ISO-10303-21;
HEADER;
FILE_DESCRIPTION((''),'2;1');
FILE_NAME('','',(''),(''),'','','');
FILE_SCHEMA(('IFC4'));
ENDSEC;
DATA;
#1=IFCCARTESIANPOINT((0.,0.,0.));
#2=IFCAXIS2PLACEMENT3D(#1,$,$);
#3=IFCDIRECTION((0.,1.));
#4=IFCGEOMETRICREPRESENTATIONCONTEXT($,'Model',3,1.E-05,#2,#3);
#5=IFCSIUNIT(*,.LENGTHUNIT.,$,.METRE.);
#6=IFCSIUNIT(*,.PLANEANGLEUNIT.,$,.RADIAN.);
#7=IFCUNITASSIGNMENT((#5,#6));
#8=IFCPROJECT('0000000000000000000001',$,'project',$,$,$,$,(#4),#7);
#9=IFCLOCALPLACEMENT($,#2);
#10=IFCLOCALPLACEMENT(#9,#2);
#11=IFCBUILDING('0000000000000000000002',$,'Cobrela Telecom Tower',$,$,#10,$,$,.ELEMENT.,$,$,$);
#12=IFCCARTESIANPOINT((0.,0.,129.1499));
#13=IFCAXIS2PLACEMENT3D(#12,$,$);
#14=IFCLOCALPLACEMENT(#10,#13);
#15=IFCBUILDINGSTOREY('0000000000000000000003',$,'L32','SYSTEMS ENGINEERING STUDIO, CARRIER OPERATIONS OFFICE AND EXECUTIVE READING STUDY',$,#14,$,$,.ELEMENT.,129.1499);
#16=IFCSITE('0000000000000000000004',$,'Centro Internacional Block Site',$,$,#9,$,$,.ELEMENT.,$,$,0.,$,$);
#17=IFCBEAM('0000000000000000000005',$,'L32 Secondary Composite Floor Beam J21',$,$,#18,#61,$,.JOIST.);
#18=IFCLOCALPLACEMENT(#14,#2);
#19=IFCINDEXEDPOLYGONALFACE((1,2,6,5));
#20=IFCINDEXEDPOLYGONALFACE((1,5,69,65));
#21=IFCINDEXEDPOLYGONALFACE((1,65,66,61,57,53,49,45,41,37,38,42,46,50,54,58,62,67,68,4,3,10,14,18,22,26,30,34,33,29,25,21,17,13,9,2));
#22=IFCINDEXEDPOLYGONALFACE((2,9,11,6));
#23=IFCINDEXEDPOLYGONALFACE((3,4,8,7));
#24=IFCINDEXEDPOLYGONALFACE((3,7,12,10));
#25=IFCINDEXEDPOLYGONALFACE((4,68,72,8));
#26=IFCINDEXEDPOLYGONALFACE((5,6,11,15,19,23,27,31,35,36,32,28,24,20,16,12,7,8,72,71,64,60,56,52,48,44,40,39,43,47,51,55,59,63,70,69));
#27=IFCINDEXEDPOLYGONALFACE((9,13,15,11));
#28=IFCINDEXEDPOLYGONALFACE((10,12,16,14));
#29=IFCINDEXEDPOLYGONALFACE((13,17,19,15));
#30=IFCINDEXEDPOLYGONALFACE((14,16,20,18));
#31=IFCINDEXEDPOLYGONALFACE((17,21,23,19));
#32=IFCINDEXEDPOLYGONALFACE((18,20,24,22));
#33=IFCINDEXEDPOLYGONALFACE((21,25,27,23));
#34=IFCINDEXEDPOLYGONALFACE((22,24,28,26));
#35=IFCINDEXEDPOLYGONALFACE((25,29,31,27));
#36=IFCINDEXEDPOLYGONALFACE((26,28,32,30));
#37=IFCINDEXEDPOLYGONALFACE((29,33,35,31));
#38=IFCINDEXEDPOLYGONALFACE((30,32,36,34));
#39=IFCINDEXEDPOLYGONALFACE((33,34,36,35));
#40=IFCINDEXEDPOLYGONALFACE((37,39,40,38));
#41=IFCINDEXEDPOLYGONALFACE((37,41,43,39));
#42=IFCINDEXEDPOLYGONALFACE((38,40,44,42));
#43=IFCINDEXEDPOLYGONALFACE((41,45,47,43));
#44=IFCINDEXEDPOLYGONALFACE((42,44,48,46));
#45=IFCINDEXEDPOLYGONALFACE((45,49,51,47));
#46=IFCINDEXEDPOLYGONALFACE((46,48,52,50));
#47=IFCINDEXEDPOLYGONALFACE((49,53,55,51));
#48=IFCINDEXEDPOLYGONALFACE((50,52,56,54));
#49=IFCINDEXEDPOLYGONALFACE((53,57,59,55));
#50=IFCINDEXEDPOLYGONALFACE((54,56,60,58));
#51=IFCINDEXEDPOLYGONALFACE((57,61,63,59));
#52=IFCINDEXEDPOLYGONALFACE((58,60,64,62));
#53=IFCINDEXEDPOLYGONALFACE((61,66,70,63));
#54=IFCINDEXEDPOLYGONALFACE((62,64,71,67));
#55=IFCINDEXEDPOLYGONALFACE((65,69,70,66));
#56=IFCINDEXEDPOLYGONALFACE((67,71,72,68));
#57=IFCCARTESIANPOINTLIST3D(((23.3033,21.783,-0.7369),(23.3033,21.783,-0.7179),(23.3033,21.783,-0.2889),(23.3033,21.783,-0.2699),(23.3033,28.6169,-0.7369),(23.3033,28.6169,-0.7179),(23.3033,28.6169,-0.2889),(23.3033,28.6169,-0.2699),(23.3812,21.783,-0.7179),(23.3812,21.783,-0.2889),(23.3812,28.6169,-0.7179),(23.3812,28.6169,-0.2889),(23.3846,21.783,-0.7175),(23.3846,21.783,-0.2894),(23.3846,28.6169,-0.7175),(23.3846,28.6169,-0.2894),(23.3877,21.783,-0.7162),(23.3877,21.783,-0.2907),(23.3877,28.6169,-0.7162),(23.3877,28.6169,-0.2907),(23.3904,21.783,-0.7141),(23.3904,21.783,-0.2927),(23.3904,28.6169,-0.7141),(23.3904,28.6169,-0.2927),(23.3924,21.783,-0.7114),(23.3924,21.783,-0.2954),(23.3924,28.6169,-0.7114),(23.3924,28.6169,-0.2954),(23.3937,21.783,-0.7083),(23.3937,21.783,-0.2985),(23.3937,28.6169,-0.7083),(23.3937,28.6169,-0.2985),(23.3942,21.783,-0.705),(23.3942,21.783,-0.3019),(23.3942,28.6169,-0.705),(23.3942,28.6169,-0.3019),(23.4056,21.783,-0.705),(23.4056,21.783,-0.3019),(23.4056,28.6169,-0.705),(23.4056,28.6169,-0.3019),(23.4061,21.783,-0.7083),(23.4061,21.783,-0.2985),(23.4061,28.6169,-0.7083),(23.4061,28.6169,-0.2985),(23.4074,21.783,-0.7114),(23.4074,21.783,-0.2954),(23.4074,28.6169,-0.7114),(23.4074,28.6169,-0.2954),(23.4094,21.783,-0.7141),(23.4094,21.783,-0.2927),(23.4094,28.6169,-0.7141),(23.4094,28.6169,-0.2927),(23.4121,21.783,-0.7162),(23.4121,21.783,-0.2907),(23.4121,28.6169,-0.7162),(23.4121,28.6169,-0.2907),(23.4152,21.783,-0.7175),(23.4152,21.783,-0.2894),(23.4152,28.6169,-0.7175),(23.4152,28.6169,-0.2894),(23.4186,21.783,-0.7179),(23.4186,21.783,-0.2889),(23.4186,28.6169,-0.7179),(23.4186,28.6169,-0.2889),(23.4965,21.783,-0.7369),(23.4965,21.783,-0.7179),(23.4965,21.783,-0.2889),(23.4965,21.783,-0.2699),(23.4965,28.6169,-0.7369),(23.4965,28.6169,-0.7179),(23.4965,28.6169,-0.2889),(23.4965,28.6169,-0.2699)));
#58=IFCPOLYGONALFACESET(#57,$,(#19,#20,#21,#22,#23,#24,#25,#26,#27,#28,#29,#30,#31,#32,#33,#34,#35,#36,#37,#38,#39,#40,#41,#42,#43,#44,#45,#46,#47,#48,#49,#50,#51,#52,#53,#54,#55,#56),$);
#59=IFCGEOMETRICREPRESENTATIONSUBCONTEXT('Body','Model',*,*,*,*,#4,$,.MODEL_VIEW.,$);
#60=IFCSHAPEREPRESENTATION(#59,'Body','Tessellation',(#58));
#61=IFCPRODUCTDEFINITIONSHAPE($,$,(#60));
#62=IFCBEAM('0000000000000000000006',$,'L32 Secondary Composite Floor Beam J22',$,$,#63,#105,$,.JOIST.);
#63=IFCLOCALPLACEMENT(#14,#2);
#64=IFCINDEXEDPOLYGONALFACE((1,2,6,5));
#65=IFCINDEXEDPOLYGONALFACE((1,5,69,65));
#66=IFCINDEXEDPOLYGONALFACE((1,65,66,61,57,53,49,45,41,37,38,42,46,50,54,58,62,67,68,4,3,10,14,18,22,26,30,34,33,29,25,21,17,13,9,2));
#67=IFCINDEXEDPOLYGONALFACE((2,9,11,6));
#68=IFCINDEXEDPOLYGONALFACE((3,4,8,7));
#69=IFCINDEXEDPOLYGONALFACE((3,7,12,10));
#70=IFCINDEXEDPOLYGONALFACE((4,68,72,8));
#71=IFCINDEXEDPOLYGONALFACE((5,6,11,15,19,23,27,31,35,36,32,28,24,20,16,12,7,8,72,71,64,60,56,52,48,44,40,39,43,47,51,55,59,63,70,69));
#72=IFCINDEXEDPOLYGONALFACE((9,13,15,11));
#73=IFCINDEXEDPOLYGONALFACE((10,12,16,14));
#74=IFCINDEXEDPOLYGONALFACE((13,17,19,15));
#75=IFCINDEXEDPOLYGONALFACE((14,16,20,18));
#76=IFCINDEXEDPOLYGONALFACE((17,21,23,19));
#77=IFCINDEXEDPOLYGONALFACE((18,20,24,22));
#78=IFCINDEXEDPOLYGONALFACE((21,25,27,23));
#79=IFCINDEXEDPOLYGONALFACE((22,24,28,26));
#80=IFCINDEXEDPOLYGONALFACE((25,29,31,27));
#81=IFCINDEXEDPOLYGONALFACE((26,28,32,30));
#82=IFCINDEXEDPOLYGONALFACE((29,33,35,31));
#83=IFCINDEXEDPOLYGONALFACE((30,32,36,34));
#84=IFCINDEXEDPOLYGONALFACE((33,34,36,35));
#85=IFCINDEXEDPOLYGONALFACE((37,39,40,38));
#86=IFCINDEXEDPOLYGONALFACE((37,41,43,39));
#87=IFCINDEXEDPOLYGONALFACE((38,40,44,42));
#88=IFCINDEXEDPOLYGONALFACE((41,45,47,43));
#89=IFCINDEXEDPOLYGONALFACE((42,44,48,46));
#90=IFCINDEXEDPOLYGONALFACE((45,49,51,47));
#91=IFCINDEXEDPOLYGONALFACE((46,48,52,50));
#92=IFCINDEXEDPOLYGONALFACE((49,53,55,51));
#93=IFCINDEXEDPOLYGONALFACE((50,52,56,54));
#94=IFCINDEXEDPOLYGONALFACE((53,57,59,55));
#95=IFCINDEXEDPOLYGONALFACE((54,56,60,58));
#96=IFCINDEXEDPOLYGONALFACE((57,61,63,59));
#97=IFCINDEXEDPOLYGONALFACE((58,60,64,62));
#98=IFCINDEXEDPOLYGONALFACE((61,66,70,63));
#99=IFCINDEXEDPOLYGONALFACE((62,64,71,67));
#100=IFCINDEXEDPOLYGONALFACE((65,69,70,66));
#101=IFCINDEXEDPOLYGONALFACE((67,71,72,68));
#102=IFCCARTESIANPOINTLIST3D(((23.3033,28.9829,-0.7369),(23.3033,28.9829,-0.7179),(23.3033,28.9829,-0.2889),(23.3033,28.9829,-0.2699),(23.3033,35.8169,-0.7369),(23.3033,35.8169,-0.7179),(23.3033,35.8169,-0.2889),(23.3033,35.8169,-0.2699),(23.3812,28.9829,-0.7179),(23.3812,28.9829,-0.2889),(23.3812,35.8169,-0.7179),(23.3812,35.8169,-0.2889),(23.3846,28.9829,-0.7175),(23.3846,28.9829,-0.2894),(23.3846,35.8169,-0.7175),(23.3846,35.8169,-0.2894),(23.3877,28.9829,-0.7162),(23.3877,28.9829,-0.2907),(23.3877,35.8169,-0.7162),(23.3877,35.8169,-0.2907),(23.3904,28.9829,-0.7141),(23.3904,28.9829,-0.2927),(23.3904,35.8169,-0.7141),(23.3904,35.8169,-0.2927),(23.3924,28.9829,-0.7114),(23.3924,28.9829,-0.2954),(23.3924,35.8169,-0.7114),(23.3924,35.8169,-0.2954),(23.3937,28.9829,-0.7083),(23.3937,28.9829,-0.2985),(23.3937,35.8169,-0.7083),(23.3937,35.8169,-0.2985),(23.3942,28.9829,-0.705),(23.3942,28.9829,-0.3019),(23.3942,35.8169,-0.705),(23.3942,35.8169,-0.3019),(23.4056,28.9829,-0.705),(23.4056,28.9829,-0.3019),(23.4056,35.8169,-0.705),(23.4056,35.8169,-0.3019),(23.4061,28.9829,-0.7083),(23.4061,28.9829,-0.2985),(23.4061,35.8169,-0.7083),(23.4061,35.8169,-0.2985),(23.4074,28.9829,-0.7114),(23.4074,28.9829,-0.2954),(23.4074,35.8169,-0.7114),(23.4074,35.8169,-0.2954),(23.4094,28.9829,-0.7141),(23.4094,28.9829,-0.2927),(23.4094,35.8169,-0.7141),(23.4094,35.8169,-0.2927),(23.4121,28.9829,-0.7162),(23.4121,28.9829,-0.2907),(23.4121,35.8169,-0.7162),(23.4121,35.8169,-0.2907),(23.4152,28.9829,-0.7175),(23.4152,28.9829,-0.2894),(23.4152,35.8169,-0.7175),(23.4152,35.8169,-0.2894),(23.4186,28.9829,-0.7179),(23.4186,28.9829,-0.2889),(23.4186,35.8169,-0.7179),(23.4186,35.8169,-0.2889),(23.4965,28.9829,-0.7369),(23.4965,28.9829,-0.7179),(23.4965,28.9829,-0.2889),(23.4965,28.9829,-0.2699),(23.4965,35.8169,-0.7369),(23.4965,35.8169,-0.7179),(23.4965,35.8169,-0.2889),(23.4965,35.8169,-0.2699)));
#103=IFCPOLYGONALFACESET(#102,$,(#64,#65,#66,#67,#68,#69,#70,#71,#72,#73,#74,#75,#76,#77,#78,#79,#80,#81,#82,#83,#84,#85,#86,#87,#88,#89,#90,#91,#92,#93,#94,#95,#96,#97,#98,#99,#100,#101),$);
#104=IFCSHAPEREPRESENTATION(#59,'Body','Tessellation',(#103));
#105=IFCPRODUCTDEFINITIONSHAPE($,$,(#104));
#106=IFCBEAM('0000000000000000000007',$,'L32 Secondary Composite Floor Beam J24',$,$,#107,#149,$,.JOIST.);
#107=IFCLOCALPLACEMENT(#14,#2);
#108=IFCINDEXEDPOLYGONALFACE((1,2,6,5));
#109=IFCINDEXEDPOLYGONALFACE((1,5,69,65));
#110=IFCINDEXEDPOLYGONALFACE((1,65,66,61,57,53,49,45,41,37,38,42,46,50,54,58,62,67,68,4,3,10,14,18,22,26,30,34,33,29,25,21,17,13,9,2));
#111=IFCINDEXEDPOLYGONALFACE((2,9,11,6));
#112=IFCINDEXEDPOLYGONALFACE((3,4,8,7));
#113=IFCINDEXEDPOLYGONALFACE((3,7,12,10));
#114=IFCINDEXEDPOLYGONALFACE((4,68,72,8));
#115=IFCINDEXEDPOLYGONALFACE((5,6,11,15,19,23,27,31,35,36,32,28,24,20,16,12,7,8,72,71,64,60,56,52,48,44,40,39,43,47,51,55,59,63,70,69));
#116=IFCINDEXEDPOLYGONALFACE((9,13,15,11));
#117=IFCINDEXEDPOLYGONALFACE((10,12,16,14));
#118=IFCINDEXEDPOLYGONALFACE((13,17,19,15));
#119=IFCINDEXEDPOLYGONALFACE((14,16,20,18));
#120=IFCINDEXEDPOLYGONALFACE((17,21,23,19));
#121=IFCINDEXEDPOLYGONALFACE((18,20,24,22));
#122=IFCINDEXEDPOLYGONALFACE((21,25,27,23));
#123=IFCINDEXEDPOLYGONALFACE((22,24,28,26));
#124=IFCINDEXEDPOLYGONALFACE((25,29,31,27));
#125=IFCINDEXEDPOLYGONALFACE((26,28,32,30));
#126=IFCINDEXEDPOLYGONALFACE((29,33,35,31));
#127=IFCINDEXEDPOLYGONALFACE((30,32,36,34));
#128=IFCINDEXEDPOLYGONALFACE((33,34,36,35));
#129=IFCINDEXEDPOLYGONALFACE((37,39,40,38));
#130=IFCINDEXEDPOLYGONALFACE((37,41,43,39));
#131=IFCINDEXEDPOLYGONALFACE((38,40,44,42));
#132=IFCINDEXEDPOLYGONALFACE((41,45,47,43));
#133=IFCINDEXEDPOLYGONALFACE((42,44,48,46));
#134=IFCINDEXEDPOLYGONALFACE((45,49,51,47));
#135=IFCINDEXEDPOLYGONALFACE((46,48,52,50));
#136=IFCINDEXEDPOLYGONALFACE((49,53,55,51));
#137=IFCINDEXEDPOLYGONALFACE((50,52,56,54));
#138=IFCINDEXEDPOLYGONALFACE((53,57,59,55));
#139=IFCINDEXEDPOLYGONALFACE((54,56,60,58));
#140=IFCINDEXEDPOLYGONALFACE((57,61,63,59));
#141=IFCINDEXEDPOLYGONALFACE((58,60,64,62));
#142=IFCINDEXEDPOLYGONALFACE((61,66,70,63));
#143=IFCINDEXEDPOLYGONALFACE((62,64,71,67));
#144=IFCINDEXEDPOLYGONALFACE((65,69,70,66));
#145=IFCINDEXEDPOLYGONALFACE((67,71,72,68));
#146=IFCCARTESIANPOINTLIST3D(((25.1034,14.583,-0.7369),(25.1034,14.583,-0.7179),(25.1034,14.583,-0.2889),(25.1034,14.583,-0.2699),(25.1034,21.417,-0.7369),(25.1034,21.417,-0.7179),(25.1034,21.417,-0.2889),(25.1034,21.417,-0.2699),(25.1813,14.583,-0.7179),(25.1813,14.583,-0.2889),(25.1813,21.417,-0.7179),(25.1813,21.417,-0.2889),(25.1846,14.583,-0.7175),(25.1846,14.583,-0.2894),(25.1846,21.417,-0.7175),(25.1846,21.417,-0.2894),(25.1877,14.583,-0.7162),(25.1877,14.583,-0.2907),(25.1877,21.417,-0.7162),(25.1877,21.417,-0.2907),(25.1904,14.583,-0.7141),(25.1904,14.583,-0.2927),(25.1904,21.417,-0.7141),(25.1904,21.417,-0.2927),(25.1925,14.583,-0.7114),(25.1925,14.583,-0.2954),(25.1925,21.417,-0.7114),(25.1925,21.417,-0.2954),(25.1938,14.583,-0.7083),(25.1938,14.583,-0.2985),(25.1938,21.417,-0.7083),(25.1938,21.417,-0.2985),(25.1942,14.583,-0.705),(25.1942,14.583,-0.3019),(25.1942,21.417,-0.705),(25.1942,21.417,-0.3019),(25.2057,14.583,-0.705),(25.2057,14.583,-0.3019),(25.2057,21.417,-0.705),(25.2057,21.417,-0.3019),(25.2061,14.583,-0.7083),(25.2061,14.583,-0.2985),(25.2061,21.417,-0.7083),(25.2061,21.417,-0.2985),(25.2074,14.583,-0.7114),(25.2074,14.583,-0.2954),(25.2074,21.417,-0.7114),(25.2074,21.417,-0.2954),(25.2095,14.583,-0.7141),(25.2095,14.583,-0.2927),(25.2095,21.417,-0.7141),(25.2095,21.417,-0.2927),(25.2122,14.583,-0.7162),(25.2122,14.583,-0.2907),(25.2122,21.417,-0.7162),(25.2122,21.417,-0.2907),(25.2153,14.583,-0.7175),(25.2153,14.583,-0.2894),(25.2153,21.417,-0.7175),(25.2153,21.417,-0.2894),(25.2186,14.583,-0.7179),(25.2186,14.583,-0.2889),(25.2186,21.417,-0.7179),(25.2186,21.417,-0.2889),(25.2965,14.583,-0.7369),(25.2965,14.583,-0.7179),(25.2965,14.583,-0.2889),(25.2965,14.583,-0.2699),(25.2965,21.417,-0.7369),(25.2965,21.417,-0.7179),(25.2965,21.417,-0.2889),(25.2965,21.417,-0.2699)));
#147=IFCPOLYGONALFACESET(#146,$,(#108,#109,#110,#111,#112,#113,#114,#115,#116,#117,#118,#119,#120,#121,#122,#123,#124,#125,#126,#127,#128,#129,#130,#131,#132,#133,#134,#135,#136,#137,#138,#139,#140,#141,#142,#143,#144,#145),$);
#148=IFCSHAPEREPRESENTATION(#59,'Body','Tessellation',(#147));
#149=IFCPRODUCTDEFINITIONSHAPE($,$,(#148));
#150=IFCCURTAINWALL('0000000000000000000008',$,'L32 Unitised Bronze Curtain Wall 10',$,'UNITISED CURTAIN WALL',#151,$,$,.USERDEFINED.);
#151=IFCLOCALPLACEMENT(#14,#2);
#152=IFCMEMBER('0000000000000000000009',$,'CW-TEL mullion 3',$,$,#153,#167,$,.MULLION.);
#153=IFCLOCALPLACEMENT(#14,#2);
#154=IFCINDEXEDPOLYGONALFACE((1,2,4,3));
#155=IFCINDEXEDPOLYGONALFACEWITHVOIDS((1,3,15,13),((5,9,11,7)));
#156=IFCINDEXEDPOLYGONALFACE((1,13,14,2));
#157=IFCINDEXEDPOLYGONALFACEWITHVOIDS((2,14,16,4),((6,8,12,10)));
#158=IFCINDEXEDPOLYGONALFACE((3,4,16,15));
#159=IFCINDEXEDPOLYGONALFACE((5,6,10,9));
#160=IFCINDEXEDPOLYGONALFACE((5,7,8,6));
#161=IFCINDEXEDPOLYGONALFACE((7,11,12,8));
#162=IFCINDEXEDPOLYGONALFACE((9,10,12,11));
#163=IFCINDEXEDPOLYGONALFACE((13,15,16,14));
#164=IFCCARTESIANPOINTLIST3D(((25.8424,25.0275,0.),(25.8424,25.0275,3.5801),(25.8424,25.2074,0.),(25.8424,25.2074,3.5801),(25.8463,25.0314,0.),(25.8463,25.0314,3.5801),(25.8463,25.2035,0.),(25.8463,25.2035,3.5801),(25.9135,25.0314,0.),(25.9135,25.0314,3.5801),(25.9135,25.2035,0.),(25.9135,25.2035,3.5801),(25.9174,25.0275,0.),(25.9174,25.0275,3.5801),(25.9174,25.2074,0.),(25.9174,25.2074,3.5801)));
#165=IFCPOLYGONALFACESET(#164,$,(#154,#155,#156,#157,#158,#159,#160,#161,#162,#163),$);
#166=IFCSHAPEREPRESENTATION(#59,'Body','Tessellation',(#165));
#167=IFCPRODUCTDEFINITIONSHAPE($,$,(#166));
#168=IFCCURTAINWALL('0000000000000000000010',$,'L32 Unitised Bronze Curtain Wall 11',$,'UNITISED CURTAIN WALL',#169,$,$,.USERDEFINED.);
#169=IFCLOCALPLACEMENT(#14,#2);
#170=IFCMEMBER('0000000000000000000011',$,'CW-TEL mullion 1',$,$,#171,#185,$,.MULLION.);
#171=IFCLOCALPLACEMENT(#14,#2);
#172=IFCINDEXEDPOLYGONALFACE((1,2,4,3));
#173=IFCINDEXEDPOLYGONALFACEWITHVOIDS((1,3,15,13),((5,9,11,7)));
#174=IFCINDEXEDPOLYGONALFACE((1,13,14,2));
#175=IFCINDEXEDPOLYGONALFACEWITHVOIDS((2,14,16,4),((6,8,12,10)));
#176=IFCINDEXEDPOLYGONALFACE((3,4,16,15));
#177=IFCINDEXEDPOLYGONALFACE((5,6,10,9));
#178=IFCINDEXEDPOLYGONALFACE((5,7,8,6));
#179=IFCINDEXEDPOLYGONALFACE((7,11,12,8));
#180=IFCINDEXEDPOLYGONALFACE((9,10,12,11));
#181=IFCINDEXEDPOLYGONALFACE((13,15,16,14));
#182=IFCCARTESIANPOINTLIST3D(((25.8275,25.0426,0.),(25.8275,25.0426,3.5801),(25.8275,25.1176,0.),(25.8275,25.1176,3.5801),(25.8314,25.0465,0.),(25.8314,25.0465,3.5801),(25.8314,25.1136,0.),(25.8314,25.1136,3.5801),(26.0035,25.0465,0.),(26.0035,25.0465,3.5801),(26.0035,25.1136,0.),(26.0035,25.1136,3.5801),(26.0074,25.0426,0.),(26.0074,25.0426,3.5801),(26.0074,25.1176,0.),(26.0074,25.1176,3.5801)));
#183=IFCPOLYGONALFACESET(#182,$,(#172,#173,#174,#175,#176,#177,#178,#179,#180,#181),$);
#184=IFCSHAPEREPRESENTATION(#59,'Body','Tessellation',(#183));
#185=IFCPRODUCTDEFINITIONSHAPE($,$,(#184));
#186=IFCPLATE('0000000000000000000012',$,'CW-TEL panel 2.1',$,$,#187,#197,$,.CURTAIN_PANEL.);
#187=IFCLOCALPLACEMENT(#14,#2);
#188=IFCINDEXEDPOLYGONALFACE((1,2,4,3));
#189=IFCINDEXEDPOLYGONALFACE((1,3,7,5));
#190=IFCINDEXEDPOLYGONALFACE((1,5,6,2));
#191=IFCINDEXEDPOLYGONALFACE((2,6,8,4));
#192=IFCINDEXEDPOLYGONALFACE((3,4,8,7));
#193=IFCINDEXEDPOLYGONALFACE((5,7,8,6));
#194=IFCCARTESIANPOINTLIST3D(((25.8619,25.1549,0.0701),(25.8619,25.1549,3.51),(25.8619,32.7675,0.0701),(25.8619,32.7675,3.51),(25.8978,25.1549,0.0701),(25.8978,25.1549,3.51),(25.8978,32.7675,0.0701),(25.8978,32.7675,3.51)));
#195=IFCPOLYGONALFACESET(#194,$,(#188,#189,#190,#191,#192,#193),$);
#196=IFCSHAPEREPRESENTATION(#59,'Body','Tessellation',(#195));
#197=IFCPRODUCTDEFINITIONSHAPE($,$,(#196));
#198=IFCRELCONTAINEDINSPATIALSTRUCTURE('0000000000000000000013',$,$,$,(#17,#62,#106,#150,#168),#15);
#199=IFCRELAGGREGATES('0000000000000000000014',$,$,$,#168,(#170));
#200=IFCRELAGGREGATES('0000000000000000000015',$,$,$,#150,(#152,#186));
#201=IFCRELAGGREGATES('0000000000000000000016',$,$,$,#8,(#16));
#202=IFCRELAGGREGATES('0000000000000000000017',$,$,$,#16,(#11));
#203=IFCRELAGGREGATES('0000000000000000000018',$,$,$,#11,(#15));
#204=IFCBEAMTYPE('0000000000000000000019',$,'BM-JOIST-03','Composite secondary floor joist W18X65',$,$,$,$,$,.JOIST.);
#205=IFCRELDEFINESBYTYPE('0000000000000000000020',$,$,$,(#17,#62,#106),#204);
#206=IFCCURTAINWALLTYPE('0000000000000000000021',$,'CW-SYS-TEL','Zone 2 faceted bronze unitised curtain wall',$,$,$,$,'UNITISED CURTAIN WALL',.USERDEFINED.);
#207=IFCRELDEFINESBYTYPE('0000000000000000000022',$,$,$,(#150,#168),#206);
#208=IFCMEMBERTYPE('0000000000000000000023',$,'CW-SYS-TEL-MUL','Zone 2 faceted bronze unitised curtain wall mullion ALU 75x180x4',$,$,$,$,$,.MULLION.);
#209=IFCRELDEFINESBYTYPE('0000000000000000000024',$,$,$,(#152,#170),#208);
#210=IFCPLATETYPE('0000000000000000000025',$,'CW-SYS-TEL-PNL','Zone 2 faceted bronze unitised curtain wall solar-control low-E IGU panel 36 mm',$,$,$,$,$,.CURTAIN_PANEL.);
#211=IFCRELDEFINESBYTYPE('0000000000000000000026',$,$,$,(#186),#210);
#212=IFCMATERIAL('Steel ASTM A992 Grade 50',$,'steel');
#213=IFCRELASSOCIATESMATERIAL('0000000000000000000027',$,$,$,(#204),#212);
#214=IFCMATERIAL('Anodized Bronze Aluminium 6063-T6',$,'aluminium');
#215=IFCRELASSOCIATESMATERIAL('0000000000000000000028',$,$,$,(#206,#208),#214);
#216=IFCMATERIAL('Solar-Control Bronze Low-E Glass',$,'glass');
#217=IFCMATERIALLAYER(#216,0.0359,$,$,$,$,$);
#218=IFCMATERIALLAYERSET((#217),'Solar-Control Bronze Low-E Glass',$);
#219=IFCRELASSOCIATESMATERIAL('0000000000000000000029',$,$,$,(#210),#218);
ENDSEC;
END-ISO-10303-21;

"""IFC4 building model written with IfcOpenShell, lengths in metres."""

from ifc_helpers import new_model, si_unit, direction, frame, origin, origin_2d, place, context, subcontext, project, spatial, rectangle, hollow_rectangle, i_section, extrude, material, layer, layer_set, material_profile, profile_set, type_object, element, aggregate, save


model = new_model("IFC4")

# Units and contexts
model_context = context("Model", 3, precision=1e-05, world=origin(), true_north=direction((0.0, 1.0)))
body_context = subcontext(model_context, "Body", "Model", "MODEL_VIEW")
ifc_project = project(units=[si_unit("LENGTHUNIT", "METRE"), si_unit("PLANEANGLEUNIT", "RADIAN")], contexts=[model_context])

# Site, building, storey
site_placement = place(None, origin())
site = spatial("IfcSite", under=ifc_project, at=site_placement, Name="Centro Internacional Block Site", CompositionType="ELEMENT", RefElevation=0.0)
building_placement = place(site_placement, origin())
building = spatial("IfcBuilding", under=site, at=building_placement, Name="Cobrela Telecom Tower", CompositionType="ELEMENT")
storey_placement = place(building_placement, frame((0.0, 0.0, 129.1499)))
storey = spatial("IfcBuildingStorey", under=building, at=storey_placement, Name="L32", Description="SYSTEMS ENGINEERING STUDIO, CARRIER OPERATIONS OFFICE AND EXECUTIVE READING STUDY", CompositionType="ELEMENT", Elevation=129.1499)

# Shared definitions
ifc_material_1 = material(Name="Steel ASTM A992 Grade 50", Category="steel")

# Beams
ifc_material_profile_1 = material_profile(ifc_material_1, i_section(OverallWidth=0.1931, OverallDepth=0.467, WebThickness=0.0115, FlangeThickness=0.019, FilletRadius=0.0129, at=origin_2d()), Name="W18X65")
ifc_profile_set_1 = profile_set([ifc_material_profile_1], Name="Steel ASTM A992 Grade 50")
beam_type_1 = type_object("IfcBeamType", Name="BM-JOIST-03", Description="Composite secondary floor joist W18X65", PredefinedType="JOIST", material=ifc_profile_set_1)
for number, where, z_axis, x_axis, name in (
    (1, (23.3999, 21.783, -0.5034), (0.0, 1.0, 0.0), (-1.0, 0.0, 0.0), "L32 Secondary Composite Floor Beam J21"),
    (2, (23.3999, 28.9829, -0.5034), (0.0, 1.0, 0.0), (-1.0, 0.0, 0.0), "L32 Secondary Composite Floor Beam J22"),
    (3, (25.2, 14.583, -0.5034), (0.0, 1.0, 0.0), (-1.0, 0.0, 0.0), "L32 Secondary Composite Floor Beam J24"),
):
    element("IfcBeam", number, at=place(storey_placement, frame(where, z_axis=z_axis, x_axis=x_axis)), inside=storey, type_object=beam_type_1, Name=name, PredefinedType="JOIST", context=body_context, shape_type="SweptSolid", body=[
        extrude(i_section(OverallWidth=0.1931, OverallDepth=0.467, WebThickness=0.0115, FlangeThickness=0.019, FilletRadius=0.0129, at=origin_2d()), origin(), (0.0, 0.0, 1.0), 6.834),
    ])

# Curtain walls, members
ifc_material_2 = material(Name="Anodized Bronze Aluminium 6063-T6", Category="aluminium")
curtain_wall_type = type_object("IfcCurtainWallType", Name="CW-SYS-TEL", Description="Zone 2 faceted bronze unitised curtain wall", ElementType="UNITISED CURTAIN WALL", PredefinedType="USERDEFINED", material=ifc_material_2)
curtain_wall_1_placement = place(storey_placement, origin())
curtain_wall_1 = element("IfcCurtainWall", 4, at=curtain_wall_1_placement, inside=storey, type_object=curtain_wall_type, Name="L32 Unitised Bronze Curtain Wall 10", ObjectType="UNITISED CURTAIN WALL", PredefinedType="USERDEFINED")
ifc_material_profile_2 = material_profile(ifc_material_2, hollow_rectangle(XDim=0.075, YDim=0.1799, WallThickness=0.0039, at=origin_2d()), Name="ALU 75x180x4")
ifc_profile_set_2 = profile_set([ifc_material_profile_2], Name="Anodized Bronze Aluminium 6063-T6")
member_type = type_object("IfcMemberType", Name="CW-SYS-TEL-MUL", Description="Zone 2 faceted bronze unitised curtain wall mullion ALU 75x180x4", PredefinedType="MULLION", material=ifc_profile_set_2)
member_1_placement = place(storey_placement, frame((25.8799, 25.1174, 0.0), z_axis=(0.0, 0.0, 1.0), x_axis=(1.0, 0.0, 0.0)))
member_1 = element("IfcMember", 5, at=member_1_placement, type_object=member_type, Name="CW-TEL mullion 3", PredefinedType="MULLION", context=body_context, shape_type="SweptSolid", body=[
    extrude(hollow_rectangle(XDim=0.075, YDim=0.1799, WallThickness=0.0039, at=origin_2d()), origin(), (0.0, 0.0, 1.0), 3.5801),
])
curtain_wall_2_placement = place(storey_placement, origin())
curtain_wall_2 = element("IfcCurtainWall", 6, at=curtain_wall_2_placement, inside=storey, type_object=curtain_wall_type, Name="L32 Unitised Bronze Curtain Wall 11", ObjectType="UNITISED CURTAIN WALL", PredefinedType="USERDEFINED")
member_2_placement = place(storey_placement, frame((25.9175, 25.0801, 0.0), z_axis=(0.0, 0.0, 1.0), x_axis=(0.0, 1.0, 0.0)))
member_2 = element("IfcMember", 7, at=member_2_placement, type_object=member_type, Name="CW-TEL mullion 1", PredefinedType="MULLION", context=body_context, shape_type="SweptSolid", body=[
    extrude(hollow_rectangle(XDim=0.075, YDim=0.1799, WallThickness=0.0039, at=origin_2d()), origin(), (0.0, 0.0, 1.0), 3.5801),
])
aggregate(curtain_wall_2, [member_2])

# Plate
ifc_material_3 = material(Name="Solar-Control Bronze Low-E Glass", Category="glass")
ifc_layer_1 = layer(ifc_material_3, 0.0359)
ifc_layer_set_1 = layer_set([ifc_layer_1], Name="Solar-Control Bronze Low-E Glass")
plate_type = type_object("IfcPlateType", Name="CW-SYS-TEL-PNL", Description="Zone 2 faceted bronze unitised curtain wall solar-control low-E IGU panel 36 mm", PredefinedType="CURTAIN_PANEL", material=ifc_layer_set_1)
plate_placement = place(storey_placement, frame((25.8799, 28.9612, 0.0701), z_axis=(0.0, 0.0, 1.0), x_axis=(0.0, -1.0, 0.0)))
plate = element("IfcPlate", 8, at=plate_placement, type_object=plate_type, Name="CW-TEL panel 2.1", PredefinedType="CURTAIN_PANEL", context=body_context, shape_type="SweptSolid", body=[
    extrude(rectangle(XDim=7.6125, YDim=0.0359, at=origin_2d()), origin(), (0.0, 0.0, 1.0), 3.4399),
])
aggregate(curtain_wall_1, [member_1, plate])

save(model, "model.ifc")
